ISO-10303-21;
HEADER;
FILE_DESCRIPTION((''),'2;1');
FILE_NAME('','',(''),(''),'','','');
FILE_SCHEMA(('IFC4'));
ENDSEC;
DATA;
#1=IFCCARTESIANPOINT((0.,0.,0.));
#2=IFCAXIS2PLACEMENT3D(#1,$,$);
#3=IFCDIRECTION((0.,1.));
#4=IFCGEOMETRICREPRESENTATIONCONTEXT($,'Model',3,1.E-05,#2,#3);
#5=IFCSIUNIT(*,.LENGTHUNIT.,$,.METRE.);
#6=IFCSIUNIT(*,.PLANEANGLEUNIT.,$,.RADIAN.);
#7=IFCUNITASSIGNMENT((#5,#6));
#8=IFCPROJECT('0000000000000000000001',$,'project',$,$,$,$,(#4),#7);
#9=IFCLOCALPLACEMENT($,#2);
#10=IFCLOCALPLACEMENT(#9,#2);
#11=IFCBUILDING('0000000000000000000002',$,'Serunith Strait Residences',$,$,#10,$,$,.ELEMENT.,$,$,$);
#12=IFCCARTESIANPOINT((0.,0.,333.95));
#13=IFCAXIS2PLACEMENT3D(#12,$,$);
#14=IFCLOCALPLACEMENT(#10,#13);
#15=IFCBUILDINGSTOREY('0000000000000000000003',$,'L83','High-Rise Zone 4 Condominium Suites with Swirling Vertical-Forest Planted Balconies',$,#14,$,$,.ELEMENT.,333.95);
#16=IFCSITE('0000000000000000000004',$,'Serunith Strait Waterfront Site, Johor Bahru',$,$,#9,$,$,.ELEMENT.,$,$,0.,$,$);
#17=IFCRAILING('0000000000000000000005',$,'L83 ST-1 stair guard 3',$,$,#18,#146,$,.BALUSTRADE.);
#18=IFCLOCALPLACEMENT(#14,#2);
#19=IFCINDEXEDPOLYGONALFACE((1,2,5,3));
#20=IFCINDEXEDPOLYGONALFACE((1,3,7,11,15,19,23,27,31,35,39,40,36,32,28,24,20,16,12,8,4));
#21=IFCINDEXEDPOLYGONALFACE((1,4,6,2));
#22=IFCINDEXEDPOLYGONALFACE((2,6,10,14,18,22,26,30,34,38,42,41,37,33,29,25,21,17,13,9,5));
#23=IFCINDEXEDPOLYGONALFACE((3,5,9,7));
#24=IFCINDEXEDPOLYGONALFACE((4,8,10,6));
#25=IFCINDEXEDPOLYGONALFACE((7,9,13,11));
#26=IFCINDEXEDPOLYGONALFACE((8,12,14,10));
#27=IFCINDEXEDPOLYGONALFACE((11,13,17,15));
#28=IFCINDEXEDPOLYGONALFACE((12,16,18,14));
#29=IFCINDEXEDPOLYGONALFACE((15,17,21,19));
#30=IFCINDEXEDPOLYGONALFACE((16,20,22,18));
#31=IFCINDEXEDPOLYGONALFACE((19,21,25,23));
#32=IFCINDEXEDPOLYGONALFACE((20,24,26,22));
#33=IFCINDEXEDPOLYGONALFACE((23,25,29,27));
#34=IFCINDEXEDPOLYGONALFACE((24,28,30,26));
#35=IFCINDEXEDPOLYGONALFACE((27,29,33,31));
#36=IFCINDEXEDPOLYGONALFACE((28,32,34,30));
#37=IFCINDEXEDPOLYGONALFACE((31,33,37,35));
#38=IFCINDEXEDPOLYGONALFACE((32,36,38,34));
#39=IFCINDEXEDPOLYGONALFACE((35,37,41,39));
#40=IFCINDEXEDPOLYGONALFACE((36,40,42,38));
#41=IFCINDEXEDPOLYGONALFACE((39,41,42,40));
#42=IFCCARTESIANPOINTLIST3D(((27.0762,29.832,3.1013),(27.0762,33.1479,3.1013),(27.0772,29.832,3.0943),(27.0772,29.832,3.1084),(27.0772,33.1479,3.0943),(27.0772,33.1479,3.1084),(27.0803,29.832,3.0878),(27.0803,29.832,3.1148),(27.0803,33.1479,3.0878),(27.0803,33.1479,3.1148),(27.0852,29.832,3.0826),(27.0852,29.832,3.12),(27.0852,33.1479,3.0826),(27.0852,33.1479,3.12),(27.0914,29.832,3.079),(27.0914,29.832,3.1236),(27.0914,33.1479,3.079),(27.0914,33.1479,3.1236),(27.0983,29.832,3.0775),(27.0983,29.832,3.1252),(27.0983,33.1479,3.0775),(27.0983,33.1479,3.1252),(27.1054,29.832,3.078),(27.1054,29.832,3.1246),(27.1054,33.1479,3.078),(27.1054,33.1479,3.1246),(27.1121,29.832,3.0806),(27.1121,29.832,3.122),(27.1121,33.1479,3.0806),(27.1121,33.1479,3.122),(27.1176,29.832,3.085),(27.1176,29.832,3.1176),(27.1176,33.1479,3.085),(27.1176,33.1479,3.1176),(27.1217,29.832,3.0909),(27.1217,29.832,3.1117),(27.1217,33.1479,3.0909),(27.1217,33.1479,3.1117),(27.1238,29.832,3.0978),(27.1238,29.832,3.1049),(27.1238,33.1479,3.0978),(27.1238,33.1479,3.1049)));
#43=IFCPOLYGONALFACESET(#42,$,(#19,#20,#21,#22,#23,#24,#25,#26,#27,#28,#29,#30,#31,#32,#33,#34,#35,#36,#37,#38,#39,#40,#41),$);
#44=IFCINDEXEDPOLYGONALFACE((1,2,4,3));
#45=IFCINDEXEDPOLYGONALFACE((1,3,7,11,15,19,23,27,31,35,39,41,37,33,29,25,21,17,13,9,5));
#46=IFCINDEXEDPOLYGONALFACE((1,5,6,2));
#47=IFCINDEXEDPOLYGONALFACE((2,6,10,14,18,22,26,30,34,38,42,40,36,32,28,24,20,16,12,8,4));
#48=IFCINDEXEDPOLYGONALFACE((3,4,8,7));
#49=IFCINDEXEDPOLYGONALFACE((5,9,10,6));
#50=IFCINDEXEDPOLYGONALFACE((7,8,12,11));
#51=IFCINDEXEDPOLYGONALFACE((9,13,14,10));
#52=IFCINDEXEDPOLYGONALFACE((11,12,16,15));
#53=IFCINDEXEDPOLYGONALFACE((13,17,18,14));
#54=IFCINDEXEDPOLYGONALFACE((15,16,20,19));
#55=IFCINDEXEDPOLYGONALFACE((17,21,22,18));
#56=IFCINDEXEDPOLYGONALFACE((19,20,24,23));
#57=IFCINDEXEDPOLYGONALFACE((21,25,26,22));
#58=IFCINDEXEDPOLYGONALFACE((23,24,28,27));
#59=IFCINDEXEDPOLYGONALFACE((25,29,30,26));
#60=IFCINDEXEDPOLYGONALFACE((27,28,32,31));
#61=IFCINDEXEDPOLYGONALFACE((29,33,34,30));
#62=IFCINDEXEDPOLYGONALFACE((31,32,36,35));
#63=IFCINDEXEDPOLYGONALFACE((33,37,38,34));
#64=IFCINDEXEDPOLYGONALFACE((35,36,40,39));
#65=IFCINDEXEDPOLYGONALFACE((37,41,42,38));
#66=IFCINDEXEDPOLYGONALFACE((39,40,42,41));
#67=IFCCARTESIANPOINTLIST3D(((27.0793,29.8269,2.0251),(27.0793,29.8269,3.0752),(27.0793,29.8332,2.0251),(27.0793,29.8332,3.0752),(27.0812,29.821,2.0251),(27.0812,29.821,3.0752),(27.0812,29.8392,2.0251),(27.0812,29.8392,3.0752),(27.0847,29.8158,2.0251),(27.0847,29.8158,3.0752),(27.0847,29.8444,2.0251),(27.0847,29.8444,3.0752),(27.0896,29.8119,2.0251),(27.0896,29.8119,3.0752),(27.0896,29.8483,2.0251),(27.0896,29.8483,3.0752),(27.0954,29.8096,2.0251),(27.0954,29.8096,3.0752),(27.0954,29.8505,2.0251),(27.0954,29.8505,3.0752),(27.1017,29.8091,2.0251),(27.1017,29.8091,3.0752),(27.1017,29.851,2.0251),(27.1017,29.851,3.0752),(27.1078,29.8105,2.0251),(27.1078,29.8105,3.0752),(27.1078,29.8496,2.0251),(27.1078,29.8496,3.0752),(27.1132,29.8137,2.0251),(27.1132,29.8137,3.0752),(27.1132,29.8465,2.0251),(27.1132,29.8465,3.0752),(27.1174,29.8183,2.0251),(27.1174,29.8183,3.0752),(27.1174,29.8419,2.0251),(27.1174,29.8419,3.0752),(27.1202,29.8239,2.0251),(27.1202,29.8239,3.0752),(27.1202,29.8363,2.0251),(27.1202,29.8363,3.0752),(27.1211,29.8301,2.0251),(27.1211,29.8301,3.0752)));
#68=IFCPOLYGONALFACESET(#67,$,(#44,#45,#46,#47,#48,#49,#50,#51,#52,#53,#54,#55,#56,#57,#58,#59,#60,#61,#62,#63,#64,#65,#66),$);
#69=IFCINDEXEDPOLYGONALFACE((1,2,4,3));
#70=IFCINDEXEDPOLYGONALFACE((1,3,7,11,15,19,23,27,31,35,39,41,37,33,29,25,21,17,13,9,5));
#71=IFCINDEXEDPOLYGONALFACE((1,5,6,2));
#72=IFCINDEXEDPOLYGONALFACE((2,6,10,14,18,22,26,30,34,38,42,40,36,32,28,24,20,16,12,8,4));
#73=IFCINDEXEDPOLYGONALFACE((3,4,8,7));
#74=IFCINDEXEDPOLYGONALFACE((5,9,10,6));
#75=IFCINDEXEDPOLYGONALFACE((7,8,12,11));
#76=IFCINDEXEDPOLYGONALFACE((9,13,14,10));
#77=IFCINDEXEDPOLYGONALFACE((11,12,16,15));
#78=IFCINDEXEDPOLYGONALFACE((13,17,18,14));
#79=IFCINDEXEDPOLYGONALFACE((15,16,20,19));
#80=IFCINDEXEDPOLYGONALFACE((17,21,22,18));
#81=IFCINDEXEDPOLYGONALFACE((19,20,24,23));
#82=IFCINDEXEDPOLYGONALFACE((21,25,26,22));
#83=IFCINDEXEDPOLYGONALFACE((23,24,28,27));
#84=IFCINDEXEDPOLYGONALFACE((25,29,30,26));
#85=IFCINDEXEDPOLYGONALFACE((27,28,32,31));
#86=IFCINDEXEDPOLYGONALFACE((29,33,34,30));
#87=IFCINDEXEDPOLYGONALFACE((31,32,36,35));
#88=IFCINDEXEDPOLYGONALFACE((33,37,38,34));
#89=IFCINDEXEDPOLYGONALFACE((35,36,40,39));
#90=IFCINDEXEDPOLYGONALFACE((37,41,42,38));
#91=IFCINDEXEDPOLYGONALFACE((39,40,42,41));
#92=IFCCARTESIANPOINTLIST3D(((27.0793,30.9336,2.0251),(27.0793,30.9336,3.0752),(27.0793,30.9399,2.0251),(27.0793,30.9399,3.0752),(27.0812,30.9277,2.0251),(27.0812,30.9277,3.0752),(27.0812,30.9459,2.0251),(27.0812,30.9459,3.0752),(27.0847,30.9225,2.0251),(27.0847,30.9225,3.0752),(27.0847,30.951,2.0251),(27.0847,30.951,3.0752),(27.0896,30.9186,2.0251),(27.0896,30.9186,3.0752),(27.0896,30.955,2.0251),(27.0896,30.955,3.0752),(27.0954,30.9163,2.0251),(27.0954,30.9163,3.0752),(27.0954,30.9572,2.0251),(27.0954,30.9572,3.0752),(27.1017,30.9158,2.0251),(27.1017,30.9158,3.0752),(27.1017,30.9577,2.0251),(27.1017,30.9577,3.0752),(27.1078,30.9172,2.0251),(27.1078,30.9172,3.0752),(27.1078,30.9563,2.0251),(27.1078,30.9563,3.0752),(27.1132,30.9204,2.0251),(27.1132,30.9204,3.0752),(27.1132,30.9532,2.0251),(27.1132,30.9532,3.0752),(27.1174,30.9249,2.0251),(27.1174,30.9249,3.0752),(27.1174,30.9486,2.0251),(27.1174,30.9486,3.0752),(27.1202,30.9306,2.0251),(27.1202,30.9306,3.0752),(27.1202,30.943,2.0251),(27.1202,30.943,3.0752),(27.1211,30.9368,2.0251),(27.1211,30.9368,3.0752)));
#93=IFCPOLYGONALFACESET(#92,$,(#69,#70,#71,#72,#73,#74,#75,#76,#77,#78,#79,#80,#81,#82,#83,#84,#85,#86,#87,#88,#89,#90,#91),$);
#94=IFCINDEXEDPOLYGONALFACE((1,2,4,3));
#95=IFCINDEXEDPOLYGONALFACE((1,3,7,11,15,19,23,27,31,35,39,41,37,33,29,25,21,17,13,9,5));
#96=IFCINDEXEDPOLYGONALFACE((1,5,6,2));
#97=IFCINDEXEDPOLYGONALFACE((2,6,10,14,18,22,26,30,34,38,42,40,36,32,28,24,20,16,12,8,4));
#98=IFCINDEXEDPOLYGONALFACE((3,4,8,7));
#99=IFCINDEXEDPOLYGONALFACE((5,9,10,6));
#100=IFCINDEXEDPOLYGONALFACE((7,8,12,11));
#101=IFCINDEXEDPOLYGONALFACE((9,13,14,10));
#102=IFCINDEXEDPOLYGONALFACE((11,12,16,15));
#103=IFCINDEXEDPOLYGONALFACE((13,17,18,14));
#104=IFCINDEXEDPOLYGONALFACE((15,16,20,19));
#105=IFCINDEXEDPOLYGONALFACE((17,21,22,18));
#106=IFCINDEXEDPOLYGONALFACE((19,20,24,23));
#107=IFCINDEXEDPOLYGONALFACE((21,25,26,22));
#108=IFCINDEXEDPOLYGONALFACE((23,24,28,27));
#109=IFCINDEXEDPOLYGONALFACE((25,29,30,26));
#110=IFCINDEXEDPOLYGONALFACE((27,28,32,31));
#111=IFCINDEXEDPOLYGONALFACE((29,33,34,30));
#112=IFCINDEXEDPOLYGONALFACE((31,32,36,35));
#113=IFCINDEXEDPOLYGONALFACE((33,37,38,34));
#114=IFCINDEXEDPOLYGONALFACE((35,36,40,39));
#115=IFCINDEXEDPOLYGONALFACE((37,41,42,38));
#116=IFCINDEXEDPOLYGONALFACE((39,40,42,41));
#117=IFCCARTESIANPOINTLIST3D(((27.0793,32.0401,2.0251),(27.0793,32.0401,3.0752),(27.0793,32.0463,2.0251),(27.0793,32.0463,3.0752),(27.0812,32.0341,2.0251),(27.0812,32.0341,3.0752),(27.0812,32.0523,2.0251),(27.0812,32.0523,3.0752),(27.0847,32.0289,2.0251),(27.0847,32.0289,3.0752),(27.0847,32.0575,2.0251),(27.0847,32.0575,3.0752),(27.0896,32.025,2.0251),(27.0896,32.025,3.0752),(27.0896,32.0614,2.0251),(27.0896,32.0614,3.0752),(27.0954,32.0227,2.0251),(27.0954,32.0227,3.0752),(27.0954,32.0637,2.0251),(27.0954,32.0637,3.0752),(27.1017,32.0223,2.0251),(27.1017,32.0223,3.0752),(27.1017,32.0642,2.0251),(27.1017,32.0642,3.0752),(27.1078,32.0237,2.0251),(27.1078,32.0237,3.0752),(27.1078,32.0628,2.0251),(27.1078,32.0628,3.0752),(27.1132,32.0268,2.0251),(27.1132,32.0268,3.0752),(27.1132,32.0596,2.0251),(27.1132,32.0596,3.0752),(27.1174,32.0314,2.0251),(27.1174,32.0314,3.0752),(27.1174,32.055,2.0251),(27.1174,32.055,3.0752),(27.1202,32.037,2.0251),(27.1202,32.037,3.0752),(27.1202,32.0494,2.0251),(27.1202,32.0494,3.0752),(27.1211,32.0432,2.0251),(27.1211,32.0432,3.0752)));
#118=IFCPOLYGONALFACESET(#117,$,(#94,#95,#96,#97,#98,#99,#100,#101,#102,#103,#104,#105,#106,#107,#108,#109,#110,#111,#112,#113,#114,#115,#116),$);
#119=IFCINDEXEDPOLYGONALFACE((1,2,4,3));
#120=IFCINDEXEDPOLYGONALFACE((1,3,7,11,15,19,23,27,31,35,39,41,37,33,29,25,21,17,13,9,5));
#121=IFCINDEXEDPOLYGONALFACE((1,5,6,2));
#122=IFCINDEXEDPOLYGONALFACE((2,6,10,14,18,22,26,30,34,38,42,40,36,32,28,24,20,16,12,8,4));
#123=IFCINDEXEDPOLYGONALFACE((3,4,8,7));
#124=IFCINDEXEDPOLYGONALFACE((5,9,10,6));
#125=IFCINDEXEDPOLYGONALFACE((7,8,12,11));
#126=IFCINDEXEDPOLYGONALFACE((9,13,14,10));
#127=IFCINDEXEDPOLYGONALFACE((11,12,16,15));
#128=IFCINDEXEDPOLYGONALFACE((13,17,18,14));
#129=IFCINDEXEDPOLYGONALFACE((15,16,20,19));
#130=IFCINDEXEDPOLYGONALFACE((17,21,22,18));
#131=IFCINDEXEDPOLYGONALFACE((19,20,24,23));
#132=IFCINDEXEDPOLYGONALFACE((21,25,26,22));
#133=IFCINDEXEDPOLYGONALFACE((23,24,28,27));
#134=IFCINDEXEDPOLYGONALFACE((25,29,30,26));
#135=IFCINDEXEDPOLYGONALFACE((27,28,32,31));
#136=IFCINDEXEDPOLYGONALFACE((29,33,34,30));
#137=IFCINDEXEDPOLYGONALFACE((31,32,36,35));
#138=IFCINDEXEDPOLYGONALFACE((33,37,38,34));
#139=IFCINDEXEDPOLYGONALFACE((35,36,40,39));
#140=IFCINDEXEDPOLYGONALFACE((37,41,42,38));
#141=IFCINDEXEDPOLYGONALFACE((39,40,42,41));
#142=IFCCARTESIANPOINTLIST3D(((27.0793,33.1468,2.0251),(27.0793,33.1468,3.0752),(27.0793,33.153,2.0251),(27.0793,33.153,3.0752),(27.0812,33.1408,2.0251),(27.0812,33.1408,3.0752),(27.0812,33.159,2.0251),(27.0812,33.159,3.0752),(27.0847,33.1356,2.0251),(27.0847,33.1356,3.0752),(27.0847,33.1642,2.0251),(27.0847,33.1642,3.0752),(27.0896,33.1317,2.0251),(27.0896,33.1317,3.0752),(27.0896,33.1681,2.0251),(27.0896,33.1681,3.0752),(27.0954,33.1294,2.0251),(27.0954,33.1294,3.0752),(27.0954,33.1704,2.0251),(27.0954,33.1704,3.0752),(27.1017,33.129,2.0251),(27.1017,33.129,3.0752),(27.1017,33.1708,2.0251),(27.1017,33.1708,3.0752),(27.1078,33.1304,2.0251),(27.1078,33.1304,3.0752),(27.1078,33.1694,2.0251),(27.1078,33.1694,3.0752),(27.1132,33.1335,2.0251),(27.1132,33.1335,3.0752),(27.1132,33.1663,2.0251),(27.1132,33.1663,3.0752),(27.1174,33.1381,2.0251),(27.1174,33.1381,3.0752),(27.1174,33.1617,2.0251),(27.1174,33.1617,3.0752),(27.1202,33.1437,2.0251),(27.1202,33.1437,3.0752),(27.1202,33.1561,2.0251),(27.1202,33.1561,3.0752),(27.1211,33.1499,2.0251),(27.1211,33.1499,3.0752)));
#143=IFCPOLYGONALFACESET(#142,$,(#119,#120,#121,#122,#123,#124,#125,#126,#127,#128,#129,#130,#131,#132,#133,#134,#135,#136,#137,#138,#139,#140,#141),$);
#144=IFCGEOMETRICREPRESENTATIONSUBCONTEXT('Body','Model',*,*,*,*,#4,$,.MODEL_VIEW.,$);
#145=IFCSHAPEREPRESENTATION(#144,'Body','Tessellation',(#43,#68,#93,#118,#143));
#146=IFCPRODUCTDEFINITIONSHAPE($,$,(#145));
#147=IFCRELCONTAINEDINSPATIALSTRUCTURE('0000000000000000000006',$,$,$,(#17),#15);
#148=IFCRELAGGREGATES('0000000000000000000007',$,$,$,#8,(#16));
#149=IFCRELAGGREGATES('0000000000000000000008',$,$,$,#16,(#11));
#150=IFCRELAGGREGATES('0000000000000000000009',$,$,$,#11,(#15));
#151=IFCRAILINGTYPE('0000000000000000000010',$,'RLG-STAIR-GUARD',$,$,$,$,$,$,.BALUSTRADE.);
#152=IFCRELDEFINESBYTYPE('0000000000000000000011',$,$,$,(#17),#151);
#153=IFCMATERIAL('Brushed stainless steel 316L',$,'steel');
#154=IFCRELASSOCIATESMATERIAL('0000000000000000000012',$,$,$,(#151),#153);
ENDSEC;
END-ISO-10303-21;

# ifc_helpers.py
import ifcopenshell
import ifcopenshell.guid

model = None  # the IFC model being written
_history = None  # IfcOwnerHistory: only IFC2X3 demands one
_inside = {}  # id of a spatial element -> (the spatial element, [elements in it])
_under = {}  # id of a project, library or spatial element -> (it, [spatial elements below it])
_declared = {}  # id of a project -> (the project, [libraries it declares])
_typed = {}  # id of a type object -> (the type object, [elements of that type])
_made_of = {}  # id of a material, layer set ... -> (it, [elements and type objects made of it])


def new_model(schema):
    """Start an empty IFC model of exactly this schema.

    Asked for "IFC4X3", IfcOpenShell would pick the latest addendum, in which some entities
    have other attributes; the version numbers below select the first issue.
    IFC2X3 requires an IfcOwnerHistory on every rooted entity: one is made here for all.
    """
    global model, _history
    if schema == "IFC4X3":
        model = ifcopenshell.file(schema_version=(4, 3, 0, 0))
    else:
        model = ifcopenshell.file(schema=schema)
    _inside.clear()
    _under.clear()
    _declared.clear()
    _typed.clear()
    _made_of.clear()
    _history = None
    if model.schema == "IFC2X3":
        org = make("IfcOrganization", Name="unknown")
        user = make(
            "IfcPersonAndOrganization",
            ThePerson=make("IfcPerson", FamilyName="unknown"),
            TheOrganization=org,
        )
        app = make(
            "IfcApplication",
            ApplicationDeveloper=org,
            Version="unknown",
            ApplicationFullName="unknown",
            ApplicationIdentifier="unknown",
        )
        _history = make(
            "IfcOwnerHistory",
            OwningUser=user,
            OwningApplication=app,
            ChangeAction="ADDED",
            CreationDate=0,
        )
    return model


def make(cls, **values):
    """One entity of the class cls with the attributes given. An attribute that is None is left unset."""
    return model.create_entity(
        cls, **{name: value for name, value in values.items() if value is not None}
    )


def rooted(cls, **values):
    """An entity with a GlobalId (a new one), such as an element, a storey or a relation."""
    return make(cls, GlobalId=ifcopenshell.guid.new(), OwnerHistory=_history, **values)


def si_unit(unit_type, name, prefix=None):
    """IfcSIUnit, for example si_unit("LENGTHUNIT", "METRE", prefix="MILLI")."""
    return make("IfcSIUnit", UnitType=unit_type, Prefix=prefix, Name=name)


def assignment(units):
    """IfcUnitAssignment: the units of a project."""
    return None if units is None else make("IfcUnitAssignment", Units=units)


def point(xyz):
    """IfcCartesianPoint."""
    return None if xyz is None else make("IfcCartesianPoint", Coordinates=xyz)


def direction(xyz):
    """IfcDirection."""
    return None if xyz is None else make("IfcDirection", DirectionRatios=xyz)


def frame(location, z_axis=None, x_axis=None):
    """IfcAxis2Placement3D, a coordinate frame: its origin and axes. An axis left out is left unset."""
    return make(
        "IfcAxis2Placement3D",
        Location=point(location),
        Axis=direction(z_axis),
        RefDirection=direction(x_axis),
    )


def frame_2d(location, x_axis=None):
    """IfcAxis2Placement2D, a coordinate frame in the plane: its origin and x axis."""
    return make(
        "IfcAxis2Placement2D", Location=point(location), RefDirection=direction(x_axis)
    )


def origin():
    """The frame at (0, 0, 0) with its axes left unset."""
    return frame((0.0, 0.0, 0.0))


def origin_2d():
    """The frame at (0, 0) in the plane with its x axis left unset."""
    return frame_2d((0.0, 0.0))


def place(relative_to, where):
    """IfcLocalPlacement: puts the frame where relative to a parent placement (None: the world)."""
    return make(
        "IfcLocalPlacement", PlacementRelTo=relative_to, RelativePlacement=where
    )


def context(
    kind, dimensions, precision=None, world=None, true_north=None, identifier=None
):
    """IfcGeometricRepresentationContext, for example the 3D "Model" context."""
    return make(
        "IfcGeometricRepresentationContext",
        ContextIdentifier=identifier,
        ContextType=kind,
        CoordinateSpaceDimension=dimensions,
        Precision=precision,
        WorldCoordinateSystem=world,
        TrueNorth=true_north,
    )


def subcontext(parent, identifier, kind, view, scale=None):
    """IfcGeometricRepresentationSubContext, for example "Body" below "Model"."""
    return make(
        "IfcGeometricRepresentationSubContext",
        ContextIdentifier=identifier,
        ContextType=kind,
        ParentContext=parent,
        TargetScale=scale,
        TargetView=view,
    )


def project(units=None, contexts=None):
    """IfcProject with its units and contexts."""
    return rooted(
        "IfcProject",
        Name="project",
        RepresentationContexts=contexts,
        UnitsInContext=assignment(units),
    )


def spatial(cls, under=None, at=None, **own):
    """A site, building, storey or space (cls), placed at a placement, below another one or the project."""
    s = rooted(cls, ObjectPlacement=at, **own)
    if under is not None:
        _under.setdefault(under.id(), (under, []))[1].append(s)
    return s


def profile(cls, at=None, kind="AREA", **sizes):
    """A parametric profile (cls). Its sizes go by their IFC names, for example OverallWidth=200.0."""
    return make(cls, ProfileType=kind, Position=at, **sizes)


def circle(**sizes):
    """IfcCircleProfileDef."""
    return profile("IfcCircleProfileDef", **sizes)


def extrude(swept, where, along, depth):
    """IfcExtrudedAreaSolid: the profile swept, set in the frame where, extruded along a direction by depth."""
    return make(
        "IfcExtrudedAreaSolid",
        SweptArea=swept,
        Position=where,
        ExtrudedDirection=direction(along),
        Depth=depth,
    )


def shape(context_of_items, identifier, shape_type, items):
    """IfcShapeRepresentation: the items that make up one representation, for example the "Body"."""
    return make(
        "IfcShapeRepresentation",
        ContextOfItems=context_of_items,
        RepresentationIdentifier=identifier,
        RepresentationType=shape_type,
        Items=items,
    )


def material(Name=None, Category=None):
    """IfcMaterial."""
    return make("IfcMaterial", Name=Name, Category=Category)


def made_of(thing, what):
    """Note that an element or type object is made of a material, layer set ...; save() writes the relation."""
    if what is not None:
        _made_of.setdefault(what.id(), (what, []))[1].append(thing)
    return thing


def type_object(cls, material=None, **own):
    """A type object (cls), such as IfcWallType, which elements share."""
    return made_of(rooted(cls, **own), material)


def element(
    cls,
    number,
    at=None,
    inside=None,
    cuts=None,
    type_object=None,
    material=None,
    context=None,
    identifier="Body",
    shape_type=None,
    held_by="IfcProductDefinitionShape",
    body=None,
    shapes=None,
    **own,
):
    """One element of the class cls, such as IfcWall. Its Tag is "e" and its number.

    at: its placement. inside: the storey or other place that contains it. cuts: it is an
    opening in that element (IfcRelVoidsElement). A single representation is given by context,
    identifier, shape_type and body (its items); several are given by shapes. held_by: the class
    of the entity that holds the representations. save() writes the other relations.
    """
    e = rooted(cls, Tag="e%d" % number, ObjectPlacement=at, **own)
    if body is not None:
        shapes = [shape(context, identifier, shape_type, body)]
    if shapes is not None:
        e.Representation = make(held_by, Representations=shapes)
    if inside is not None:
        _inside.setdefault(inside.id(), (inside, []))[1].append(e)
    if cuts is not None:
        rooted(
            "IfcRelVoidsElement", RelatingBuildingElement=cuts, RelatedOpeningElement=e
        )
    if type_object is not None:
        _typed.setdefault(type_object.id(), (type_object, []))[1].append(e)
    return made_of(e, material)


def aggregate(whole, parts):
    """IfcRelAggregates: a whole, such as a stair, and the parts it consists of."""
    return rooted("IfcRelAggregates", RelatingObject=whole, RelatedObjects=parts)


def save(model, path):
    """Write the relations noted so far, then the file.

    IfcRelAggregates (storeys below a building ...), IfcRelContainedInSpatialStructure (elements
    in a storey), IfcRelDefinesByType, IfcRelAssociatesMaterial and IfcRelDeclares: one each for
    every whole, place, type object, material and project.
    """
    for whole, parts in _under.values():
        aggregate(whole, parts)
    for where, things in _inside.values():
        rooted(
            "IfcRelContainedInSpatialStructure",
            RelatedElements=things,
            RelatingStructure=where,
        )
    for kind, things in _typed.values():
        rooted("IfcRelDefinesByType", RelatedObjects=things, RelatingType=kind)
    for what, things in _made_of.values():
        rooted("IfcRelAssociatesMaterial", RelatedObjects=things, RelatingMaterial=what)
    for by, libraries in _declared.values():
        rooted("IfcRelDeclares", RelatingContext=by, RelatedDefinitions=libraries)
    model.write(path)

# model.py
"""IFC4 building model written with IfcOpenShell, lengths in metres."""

from ifc_helpers import new_model, si_unit, direction, frame, origin, origin_2d, place, context, subcontext, project, spatial, circle, extrude, material, type_object, element, save


model = new_model("IFC4")

# Units and contexts
model_context = context("Model", 3, precision=1e-05, world=origin(), true_north=direction((0.0, 1.0)))
body_context = subcontext(model_context, "Body", "Model", "MODEL_VIEW")
ifc_project = project(units=[si_unit("LENGTHUNIT", "METRE"), si_unit("PLANEANGLEUNIT", "RADIAN")], contexts=[model_context])

# Site, building, storey
site_placement = place(None, origin())
site = spatial("IfcSite", under=ifc_project, at=site_placement, Name="Serunith Strait Waterfront Site, Johor Bahru", CompositionType="ELEMENT", RefElevation=0.0)
building_placement = place(site_placement, origin())
building = spatial("IfcBuilding", under=site, at=building_placement, Name="Serunith Strait Residences", CompositionType="ELEMENT")
storey_placement = place(building_placement, frame((0.0, 0.0, 333.95)))
storey = spatial("IfcBuildingStorey", under=building, at=storey_placement, Name="L83", Description="High-Rise Zone 4 Condominium Suites with Swirling Vertical-Forest Planted Balconies", CompositionType="ELEMENT", Elevation=333.95)

# Railing
ifc_material_1 = material(Name="Brushed stainless steel 316L", Category="steel")
railing_type_1 = type_object("IfcRailingType", Name="RLG-STAIR-GUARD", PredefinedType="BALUSTRADE", material=ifc_material_1)
for number, where, name in (
    (1, (27.1001, 29.8301, 2.0251), "L83 ST-1 stair guard 3"),
):
    element("IfcRailing", number, at=place(storey_placement, frame(where)), inside=storey, type_object=railing_type_1, Name=name, PredefinedType="BALUSTRADE", context=body_context, shape_type="SweptSolid", body=[
        extrude(circle(Radius=0.0239, at=origin_2d()), frame((0.0, 0.002, 1.0762), z_axis=(0.0, 1.0, 0.0), x_axis=(-1.0, 0.0, 0.0)), (0.0, 0.0, 1.0), 3.3159),
        extrude(circle(Radius=0.021, at=origin_2d()), origin(), (0.0, 0.0, 1.0), 1.05),
        extrude(circle(Radius=0.021, at=origin_2d()), frame((0.0, 1.1067, 0.0)), (0.0, 0.0, 1.0), 1.05),
        extrude(circle(Radius=0.021, at=origin_2d()), frame((0.0, 2.2131, 0.0)), (0.0, 0.0, 1.0), 1.05),
        extrude(circle(Radius=0.021, at=origin_2d()), frame((0.0, 3.3198, 0.0)), (0.0, 0.0, 1.0), 1.05),
    ])

save(model, "model.ifc")
